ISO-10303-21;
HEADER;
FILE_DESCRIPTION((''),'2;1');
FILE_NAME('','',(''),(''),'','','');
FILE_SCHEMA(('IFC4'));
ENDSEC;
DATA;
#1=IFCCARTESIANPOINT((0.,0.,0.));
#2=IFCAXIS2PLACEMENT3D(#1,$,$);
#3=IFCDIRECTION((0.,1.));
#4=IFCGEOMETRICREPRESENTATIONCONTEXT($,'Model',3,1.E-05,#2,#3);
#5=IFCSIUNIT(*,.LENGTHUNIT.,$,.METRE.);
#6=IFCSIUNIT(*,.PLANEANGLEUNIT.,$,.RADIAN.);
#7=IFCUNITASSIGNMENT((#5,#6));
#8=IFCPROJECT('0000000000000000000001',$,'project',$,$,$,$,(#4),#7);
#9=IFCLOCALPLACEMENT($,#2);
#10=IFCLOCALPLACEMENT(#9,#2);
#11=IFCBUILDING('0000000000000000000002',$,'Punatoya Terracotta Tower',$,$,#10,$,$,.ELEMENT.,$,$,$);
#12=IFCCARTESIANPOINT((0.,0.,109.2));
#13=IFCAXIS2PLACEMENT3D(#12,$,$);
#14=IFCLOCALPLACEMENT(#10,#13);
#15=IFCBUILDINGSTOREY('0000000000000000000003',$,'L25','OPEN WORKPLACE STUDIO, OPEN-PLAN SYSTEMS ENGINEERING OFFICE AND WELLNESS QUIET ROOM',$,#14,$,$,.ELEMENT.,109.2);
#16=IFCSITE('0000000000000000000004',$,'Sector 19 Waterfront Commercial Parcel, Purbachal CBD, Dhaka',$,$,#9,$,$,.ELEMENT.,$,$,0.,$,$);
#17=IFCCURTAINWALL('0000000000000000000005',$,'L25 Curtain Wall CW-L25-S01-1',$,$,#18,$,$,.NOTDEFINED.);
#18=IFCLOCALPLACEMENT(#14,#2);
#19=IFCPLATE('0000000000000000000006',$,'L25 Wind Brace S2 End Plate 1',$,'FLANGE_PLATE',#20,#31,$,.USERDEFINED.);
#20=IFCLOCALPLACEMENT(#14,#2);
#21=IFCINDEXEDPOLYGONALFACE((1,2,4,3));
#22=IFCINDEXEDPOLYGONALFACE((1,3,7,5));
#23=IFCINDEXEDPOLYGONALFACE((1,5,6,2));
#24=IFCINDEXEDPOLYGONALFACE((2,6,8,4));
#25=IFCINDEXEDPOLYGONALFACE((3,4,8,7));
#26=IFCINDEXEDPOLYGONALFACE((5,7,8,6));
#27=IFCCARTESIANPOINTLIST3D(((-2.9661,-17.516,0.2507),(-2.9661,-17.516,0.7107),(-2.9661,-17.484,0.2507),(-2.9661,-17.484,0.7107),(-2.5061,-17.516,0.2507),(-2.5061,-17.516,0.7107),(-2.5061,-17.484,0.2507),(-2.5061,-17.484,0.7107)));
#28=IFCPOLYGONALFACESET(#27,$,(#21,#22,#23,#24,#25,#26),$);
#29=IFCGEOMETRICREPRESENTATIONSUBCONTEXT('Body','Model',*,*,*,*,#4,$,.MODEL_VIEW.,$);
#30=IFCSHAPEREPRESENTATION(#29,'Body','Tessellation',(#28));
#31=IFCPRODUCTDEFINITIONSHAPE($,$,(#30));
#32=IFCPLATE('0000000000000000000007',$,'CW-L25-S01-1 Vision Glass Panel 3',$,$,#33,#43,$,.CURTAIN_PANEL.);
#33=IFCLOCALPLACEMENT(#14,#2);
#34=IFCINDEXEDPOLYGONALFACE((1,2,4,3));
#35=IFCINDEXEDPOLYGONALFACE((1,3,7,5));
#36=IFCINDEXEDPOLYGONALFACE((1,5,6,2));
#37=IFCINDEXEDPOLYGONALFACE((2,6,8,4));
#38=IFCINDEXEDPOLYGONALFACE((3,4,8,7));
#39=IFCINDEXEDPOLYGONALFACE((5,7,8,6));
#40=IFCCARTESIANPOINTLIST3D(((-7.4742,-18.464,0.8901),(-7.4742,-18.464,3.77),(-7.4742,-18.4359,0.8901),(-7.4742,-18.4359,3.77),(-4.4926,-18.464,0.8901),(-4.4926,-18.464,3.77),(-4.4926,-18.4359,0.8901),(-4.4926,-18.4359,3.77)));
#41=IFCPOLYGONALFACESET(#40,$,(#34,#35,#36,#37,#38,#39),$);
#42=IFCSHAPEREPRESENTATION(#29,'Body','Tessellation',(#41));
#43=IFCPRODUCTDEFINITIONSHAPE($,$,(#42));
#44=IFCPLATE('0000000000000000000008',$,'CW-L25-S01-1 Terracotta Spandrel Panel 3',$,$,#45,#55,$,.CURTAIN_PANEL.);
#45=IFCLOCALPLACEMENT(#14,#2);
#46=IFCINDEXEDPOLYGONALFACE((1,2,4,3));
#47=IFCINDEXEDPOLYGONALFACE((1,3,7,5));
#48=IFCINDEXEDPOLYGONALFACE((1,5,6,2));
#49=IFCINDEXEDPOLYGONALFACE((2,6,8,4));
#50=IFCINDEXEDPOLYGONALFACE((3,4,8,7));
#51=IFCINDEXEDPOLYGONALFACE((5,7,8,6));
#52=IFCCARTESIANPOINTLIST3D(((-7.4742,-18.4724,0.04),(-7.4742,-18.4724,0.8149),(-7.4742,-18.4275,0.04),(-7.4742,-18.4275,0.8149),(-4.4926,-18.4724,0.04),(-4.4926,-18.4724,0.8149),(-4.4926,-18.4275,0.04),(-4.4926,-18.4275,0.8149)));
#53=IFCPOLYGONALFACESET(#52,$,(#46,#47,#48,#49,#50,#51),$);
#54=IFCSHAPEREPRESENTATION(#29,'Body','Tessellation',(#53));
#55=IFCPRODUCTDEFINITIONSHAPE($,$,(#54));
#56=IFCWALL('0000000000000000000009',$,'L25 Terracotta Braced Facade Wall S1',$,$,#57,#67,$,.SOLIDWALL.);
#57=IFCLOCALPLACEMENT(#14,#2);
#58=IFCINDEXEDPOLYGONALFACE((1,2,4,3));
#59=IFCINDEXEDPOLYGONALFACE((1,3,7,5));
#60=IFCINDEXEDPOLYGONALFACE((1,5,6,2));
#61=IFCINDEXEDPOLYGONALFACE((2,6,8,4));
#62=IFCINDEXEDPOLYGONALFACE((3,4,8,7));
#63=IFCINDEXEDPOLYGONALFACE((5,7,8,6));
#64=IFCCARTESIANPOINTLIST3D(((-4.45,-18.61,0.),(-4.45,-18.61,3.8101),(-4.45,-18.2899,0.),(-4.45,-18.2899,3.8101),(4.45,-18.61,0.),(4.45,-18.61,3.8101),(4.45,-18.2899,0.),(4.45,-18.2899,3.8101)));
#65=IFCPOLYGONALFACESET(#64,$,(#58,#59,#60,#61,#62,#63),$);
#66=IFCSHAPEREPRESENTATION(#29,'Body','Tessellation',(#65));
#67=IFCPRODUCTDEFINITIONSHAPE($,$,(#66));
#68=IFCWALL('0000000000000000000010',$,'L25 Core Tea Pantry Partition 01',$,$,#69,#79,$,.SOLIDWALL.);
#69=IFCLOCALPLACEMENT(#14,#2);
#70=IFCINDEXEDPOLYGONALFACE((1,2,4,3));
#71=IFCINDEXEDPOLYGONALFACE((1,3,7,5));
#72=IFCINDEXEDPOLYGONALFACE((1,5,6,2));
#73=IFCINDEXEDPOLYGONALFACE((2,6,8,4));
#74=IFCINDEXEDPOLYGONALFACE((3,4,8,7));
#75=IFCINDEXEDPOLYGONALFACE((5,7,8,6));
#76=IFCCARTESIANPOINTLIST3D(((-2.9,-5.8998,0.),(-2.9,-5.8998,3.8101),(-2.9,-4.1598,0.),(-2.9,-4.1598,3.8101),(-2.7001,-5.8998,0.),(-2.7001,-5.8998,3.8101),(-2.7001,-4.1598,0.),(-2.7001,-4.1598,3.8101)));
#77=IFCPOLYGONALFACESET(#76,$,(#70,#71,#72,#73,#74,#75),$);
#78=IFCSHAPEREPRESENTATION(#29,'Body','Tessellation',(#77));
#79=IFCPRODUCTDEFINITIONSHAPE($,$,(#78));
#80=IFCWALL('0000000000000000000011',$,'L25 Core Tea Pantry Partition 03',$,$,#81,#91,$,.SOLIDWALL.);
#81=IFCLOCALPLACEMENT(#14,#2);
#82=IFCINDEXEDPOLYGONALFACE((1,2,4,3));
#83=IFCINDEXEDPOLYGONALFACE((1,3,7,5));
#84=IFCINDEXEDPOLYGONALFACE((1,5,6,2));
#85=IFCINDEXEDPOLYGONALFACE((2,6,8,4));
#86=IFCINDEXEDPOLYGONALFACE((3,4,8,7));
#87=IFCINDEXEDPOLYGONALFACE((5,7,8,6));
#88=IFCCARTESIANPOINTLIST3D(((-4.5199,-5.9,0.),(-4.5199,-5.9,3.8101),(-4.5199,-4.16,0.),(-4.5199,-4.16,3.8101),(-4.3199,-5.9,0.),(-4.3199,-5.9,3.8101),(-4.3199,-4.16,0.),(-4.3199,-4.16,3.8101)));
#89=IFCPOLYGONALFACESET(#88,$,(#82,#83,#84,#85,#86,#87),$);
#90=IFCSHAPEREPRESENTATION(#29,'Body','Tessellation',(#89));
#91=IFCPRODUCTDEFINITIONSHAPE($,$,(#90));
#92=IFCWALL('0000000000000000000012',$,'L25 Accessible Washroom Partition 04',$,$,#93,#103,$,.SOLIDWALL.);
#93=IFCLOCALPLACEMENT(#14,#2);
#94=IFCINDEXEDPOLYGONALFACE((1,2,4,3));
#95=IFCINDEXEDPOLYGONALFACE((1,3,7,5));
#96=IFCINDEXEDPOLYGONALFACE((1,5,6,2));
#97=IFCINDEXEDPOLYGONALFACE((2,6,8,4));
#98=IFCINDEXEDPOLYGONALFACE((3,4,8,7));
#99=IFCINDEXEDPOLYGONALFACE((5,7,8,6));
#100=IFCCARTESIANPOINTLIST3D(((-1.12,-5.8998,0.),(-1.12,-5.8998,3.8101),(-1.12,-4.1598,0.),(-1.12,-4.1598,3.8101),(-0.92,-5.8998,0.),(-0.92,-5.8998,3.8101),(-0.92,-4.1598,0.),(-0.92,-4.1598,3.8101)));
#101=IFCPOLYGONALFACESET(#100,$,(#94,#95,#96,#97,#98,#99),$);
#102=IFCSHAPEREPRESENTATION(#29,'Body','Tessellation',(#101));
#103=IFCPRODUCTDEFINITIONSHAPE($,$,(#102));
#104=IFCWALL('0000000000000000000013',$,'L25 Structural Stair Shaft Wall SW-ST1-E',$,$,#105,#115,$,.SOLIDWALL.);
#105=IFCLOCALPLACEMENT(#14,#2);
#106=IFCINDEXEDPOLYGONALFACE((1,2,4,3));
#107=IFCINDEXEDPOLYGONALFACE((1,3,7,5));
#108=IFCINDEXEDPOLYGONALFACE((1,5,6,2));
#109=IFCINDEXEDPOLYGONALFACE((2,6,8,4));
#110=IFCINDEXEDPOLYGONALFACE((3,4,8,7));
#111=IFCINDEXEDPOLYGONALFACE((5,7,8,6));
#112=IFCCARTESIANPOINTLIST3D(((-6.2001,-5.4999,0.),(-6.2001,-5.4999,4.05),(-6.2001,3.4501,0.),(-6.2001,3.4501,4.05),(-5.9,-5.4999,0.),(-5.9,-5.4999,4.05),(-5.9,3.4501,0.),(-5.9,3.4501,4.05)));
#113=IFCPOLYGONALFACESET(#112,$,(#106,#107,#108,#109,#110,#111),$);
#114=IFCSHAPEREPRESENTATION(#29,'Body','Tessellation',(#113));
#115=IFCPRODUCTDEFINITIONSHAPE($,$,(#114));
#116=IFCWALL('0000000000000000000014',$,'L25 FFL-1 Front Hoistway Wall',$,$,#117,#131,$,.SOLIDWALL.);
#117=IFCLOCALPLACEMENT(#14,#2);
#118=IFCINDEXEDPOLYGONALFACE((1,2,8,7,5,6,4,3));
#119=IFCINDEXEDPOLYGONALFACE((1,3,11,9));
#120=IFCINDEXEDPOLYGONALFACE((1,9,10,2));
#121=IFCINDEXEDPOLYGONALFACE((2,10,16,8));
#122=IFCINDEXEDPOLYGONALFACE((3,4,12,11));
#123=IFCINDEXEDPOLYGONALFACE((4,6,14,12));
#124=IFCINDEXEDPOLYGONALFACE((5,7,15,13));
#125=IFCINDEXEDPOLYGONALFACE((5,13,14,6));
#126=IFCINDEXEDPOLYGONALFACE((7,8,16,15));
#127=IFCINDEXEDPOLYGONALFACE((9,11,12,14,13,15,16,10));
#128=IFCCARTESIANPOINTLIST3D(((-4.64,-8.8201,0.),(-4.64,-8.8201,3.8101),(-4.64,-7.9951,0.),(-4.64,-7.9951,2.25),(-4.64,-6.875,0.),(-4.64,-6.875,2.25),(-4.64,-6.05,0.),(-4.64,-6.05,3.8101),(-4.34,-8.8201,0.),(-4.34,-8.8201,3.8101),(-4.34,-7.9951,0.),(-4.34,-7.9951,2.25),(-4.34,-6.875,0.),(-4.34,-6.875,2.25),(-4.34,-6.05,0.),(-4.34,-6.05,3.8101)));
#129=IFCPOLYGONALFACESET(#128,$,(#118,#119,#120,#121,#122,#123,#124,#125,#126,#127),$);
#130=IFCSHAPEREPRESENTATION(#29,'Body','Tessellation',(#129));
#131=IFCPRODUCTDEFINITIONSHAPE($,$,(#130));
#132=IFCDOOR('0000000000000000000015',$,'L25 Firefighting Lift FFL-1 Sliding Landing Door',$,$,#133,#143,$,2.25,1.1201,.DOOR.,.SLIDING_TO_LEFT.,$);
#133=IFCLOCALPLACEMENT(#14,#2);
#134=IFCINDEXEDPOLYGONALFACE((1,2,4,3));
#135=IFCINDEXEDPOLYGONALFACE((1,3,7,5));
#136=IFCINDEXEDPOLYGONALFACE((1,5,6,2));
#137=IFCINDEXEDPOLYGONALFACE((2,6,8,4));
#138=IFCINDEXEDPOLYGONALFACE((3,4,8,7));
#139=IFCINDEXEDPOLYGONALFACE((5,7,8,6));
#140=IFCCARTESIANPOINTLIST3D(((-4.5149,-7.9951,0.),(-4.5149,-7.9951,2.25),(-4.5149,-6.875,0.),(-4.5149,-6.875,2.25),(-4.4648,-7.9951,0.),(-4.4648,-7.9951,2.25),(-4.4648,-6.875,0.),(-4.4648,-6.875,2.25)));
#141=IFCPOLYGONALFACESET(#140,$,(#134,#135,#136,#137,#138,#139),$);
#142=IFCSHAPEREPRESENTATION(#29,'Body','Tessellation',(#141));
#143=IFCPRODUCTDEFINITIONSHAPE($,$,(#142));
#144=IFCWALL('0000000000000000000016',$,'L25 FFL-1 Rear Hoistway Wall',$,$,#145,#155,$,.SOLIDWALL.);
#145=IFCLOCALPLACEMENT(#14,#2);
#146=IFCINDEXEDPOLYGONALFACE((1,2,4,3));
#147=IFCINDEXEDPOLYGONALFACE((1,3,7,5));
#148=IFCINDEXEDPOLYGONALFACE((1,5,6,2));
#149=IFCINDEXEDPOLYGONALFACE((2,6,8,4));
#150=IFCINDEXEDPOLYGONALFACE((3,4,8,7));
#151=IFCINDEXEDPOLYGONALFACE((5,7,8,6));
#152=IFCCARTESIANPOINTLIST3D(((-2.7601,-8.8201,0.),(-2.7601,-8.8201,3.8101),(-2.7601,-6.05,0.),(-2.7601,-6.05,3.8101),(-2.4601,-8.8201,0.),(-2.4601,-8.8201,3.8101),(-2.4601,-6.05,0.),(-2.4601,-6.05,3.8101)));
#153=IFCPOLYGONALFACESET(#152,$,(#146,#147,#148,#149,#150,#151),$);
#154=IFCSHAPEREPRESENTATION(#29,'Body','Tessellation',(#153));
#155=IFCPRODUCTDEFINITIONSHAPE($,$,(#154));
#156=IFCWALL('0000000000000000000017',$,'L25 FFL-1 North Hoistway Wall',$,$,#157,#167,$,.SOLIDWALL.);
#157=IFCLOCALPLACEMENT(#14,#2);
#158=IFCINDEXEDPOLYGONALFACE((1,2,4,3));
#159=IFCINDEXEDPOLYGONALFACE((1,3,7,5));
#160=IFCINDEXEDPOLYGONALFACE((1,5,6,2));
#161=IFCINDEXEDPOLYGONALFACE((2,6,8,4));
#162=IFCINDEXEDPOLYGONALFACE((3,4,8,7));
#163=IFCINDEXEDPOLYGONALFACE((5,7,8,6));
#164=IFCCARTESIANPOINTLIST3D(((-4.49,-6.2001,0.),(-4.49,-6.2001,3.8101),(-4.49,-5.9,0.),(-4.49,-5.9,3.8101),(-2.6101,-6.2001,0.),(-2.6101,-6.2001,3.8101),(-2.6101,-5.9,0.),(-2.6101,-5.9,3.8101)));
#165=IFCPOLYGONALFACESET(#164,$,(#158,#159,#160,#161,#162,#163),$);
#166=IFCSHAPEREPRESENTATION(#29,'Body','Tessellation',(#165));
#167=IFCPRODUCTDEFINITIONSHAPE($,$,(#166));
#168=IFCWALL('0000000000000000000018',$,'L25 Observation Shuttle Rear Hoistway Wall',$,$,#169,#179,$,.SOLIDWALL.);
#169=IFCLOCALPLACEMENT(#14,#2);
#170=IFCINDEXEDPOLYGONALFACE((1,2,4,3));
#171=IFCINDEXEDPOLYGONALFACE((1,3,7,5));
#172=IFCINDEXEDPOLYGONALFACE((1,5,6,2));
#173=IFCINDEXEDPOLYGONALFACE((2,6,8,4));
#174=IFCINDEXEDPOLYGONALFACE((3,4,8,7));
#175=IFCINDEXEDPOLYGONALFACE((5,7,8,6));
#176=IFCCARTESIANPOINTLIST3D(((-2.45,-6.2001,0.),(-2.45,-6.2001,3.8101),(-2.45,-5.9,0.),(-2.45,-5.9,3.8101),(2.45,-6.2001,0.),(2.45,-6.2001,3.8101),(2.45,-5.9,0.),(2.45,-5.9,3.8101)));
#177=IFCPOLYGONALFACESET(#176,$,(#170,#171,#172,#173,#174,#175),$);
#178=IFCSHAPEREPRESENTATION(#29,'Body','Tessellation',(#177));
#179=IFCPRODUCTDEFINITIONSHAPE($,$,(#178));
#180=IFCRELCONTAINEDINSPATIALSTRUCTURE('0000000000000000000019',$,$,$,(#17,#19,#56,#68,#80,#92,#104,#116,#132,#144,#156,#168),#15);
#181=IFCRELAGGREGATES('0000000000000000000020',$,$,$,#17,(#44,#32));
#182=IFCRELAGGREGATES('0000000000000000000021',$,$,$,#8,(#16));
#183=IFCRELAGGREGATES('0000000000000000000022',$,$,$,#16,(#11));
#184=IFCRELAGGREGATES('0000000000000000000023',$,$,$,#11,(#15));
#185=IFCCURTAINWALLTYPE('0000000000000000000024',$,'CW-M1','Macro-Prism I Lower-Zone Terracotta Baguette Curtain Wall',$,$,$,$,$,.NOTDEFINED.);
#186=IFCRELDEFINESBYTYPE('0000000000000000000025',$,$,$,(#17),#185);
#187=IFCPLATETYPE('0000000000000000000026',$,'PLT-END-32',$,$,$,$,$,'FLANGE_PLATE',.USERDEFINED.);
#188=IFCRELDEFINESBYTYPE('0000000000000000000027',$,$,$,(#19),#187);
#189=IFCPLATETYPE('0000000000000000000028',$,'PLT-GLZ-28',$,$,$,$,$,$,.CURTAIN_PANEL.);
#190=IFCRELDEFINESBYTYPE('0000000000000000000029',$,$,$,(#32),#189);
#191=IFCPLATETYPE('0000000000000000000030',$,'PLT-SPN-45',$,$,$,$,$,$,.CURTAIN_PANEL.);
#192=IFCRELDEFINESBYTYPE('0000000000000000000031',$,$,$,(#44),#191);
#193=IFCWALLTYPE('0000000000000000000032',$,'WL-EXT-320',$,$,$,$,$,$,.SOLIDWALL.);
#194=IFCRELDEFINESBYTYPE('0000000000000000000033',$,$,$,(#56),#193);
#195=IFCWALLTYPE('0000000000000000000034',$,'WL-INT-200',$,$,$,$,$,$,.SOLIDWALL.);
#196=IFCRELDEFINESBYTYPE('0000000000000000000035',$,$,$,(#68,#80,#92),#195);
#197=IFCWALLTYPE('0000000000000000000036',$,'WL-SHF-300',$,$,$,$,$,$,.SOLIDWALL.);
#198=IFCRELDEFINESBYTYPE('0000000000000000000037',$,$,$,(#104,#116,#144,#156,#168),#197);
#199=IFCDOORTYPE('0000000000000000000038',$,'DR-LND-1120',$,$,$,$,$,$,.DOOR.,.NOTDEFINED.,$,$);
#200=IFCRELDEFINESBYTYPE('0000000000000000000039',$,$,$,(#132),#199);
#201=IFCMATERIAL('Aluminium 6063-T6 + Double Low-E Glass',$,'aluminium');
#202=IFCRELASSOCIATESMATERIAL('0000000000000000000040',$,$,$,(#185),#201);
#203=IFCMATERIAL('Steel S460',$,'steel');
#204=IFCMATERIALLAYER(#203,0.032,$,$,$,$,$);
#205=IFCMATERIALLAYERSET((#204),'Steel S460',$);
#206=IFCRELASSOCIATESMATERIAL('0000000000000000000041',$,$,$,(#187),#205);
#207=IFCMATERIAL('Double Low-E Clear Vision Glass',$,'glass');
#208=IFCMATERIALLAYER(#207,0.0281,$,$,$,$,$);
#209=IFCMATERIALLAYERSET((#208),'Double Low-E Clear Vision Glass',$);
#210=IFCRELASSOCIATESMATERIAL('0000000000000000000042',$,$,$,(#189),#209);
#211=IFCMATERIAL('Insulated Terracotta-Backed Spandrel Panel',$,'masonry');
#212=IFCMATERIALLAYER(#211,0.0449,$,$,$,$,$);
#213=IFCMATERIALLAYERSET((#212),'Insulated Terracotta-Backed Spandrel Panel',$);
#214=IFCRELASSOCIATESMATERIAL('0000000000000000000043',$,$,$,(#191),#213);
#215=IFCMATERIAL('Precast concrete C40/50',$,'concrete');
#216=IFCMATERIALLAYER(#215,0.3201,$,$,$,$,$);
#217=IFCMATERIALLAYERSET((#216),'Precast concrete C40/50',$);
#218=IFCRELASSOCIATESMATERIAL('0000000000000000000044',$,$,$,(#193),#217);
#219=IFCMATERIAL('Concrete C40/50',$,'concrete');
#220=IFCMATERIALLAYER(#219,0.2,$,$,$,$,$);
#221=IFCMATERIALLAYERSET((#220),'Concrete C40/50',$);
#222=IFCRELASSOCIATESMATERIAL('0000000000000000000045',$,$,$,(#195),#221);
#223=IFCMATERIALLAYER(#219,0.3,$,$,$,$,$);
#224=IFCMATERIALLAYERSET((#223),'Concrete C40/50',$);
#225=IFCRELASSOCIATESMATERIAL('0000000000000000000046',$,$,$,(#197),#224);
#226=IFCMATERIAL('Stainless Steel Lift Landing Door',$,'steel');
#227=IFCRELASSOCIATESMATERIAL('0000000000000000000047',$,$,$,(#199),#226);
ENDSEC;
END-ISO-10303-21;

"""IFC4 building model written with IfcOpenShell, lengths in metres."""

from ifc_helpers import new_model, si_unit, direction, frame, frame_2d, origin, origin_2d, place, context, subcontext, project, spatial, rectangle, extrude, material, layer, layer_set, type_object, element, fill, aggregate, save


model = new_model("IFC4")

# Units and contexts
model_context = context("Model", 3, precision=1e-05, world=origin(), true_north=direction((0.0, 1.0)))
body_context = subcontext(model_context, "Body", "Model", "MODEL_VIEW")
ifc_project = project(units=[si_unit("LENGTHUNIT", "METRE"), si_unit("PLANEANGLEUNIT", "RADIAN")], contexts=[model_context])

# Site, building, storey
site_placement = place(None, origin())
site = spatial("IfcSite", under=ifc_project, at=site_placement, Name="Sector 19 Waterfront Commercial Parcel, Purbachal CBD, Dhaka", CompositionType="ELEMENT", RefElevation=0.0)
building_placement = place(site_placement, origin())
building = spatial("IfcBuilding", under=site, at=building_placement, Name="Punatoya Terracotta Tower", CompositionType="ELEMENT")
storey_placement = place(building_placement, frame((0.0, 0.0, 109.2)))
storey = spatial("IfcBuildingStorey", under=building, at=storey_placement, Name="L25", Description="OPEN WORKPLACE STUDIO, OPEN-PLAN SYSTEMS ENGINEERING OFFICE AND WELLNESS QUIET ROOM", CompositionType="ELEMENT", Elevation=109.2)

# Shared definitions
ifc_material_1 = material(Name="Steel S460", Category="steel")

# Curtain wall
ifc_material_2 = material(Name="Aluminium 6063-T6 + Double Low-E Glass", Category="aluminium")
curtain_wall_type = type_object("IfcCurtainWallType", Name="CW-M1", Description="Macro-Prism I Lower-Zone Terracotta Baguette Curtain Wall", PredefinedType="NOTDEFINED", material=ifc_material_2)
curtain_wall_placement = place(storey_placement, origin())
curtain_wall = element("IfcCurtainWall", 1, at=curtain_wall_placement, inside=storey, type_object=curtain_wall_type, Name="L25 Curtain Wall CW-L25-S01-1", PredefinedType="NOTDEFINED")

# Plates
ifc_layer_1 = layer(ifc_material_1, 0.032)
ifc_layer_set_1 = layer_set([ifc_layer_1], Name="Steel S460")
plate_type_1 = type_object("IfcPlateType", Name="PLT-END-32", ElementType="FLANGE_PLATE", PredefinedType="USERDEFINED", material=ifc_layer_set_1)
plate_1_placement = place(storey_placement, frame((-2.7361, -17.5, 0.2507), z_axis=(0.0, 0.0, 1.0), x_axis=(1.0, 0.0, 0.0)))
element("IfcPlate", 2, at=plate_1_placement, inside=storey, type_object=plate_type_1, Name="L25 Wind Brace S2 End Plate 1", ObjectType="FLANGE_PLATE", PredefinedType="USERDEFINED", context=body_context, shape_type="SweptSolid", body=[
    extrude(rectangle(XDim=0.46, YDim=0.032, at=origin_2d()), origin(), (0.0, 0.0, 1.0), 0.46),
])
ifc_material_3 = material(Name="Double Low-E Clear Vision Glass", Category="glass")
ifc_layer_2 = layer(ifc_material_3, 0.0281)
ifc_layer_set_2 = layer_set([ifc_layer_2], Name="Double Low-E Clear Vision Glass")
plate_type_2 = type_object("IfcPlateType", Name="PLT-GLZ-28", PredefinedType="CURTAIN_PANEL", material=ifc_layer_set_2)
plate_2_placement = place(storey_placement, frame((-5.9834, -18.45, 0.8901), z_axis=(0.0, 0.0, 1.0), x_axis=(1.0, 0.0, 0.0)))
plate_2 = element("IfcPlate", 3, at=plate_2_placement, type_object=plate_type_2, Name="CW-L25-S01-1 Vision Glass Panel 3", PredefinedType="CURTAIN_PANEL", context=body_context, shape_type="SweptSolid", body=[
    extrude(rectangle(XDim=2.9817, YDim=0.0281, at=origin_2d()), origin(), (0.0, 0.0, 1.0), 2.8799),
])
ifc_material_4 = material(Name="Insulated Terracotta-Backed Spandrel Panel", Category="masonry")
ifc_layer_3 = layer(ifc_material_4, 0.0449)
ifc_layer_set_3 = layer_set([ifc_layer_3], Name="Insulated Terracotta-Backed Spandrel Panel")
plate_type_3 = type_object("IfcPlateType", Name="PLT-SPN-45", PredefinedType="CURTAIN_PANEL", material=ifc_layer_set_3)
plate_3_placement = place(storey_placement, frame((-5.9834, -18.45, 0.04), z_axis=(0.0, 0.0, 1.0), x_axis=(1.0, 0.0, 0.0)))
plate_3 = element("IfcPlate", 4, at=plate_3_placement, type_object=plate_type_3, Name="CW-L25-S01-1 Terracotta Spandrel Panel 3", PredefinedType="CURTAIN_PANEL", context=body_context, shape_type="SweptSolid", body=[
    extrude(rectangle(XDim=2.9817, YDim=0.0449, at=origin_2d()), origin(), (0.0, 0.0, 1.0), 0.7749),
])
aggregate(curtain_wall, [plate_3, plate_2])

# Walls
ifc_material_5 = material(Name="Precast concrete C40/50", Category="concrete")
ifc_layer_4 = layer(ifc_material_5, 0.3201)
ifc_layer_set_4 = layer_set([ifc_layer_4], Name="Precast concrete C40/50")
wall_type_1 = type_object("IfcWallType", Name="WL-EXT-320", PredefinedType="SOLIDWALL", material=ifc_layer_set_4)
wall_1_placement = place(storey_placement, frame((-4.45, -18.45, 0.0), z_axis=(0.0, 0.0, 1.0), x_axis=(1.0, 0.0, 0.0)))
element("IfcWall", 5, at=wall_1_placement, inside=storey, type_object=wall_type_1, Name="L25 Terracotta Braced Facade Wall S1", PredefinedType="SOLIDWALL", context=body_context, shape_type="SweptSolid", body=[
    extrude(rectangle(XDim=8.8999, YDim=0.3201, at=frame_2d((4.45, 0.0))), origin(), (0.0, 0.0, 1.0), 3.8101),
])
ifc_material_6 = material(Name="Concrete C40/50", Category="concrete")
ifc_layer_5 = layer(ifc_material_6, 0.2)
ifc_layer_set_5 = layer_set([ifc_layer_5], Name="Concrete C40/50")
wall_type_2 = type_object("IfcWallType", Name="WL-INT-200", PredefinedType="SOLIDWALL", material=ifc_layer_set_5)
for number, where, z_axis, x_axis, name in (
    (6, (-2.8, -5.8999, 0.0), (0.0, 0.0, 1.0), (0.0, 1.0, 0.0), "L25 Core Tea Pantry Partition 01"),
    (7, (-4.4199, -4.1599, 0.0), (0.0, 0.0, 1.0), (0.0, -1.0, 0.0), "L25 Core Tea Pantry Partition 03"),
    (8, (-1.02, -5.8999, 0.0), (0.0, 0.0, 1.0), (0.0, 1.0, 0.0), "L25 Accessible Washroom Partition 04"),
):
    element("IfcWall", number, at=place(storey_placement, frame(where, z_axis=z_axis, x_axis=x_axis)), inside=storey, type_object=wall_type_2, Name=name, PredefinedType="SOLIDWALL", context=body_context, shape_type="SweptSolid", body=[
        extrude(rectangle(XDim=1.74, YDim=0.2, at=frame_2d((0.8701, 0.0))), origin(), (0.0, 0.0, 1.0), 3.8101),
    ])
ifc_layer_6 = layer(ifc_material_6, 0.3)
ifc_layer_set_6 = layer_set([ifc_layer_6], Name="Concrete C40/50")
wall_type_3 = type_object("IfcWallType", Name="WL-SHF-300", PredefinedType="SOLIDWALL", material=ifc_layer_set_6)
wall_2_placement = place(storey_placement, frame((-6.05, -5.5, 0.0), z_axis=(0.0, 0.0, 1.0), x_axis=(0.0, 1.0, 0.0)))
element("IfcWall", 9, at=wall_2_placement, inside=storey, type_object=wall_type_3, Name="L25 Structural Stair Shaft Wall SW-ST1-E", PredefinedType="SOLIDWALL", context=body_context, shape_type="SweptSolid", body=[
    extrude(rectangle(XDim=8.95, YDim=0.3, at=frame_2d((4.4751, 0.0))), origin(), (0.0, 0.0, 1.0), 4.05),
])

# Wall, opening, door
wall_3_placement = place(storey_placement, frame((-4.49, -8.8201, 0.0), z_axis=(0.0, 0.0, 1.0), x_axis=(0.0, 1.0, 0.0)))
wall_3 = element("IfcWall", 10, at=wall_3_placement, inside=storey, type_object=wall_type_3, Name="L25 FFL-1 Front Hoistway Wall", PredefinedType="SOLIDWALL", context=body_context, shape_type="SweptSolid", body=[
    extrude(rectangle(XDim=2.77, YDim=0.3, at=frame_2d((1.385, 0.0))), origin(), (0.0, 0.0, 1.0), 3.8101),
])
opening_placement = place(wall_3_placement, frame((0.825, 0.0, 0.0)))
opening = element("IfcOpeningElement", 11, at=opening_placement, cuts=wall_3, PredefinedType="OPENING", context=body_context, shape_type="SweptSolid", body=[
    extrude(rectangle(XDim=1.1201, YDim=2.25, at=frame_2d((0.5601, 1.125))), frame((0.0, 0.1599, 0.0), z_axis=(0.0, -1.0, 0.0), x_axis=(1.0, 0.0, 0.0)), (0.0, 0.0, 1.0), 0.3201),
])
ifc_material_7 = material(Name="Stainless Steel Lift Landing Door", Category="steel")
door_type = type_object("IfcDoorType", Name="DR-LND-1120", OperationType="NOTDEFINED", PredefinedType="DOOR", material=ifc_material_7)
door_placement = place(opening_placement, origin())
door = element("IfcDoor", 12, at=door_placement, inside=storey, type_object=door_type, Name="L25 Firefighting Lift FFL-1 Sliding Landing Door", OperationType="SLIDING_TO_LEFT", OverallHeight=2.25, OverallWidth=1.1201, PredefinedType="DOOR", context=body_context, shape_type="SweptSolid", body=[
    extrude(rectangle(XDim=1.1201, YDim=2.25, at=frame_2d((0.5601, 1.125))), frame((0.0, 0.0249, 0.0), z_axis=(0.0, -1.0, 0.0), x_axis=(1.0, 0.0, 0.0)), (0.0, 0.0, 1.0), 0.05),
])
fill(opening, door)

# Walls
wall_4_placement = place(storey_placement, frame((-2.6101, -8.8201, 0.0), z_axis=(0.0, 0.0, 1.0), x_axis=(0.0, 1.0, 0.0)))
element("IfcWall", 13, at=wall_4_placement, inside=storey, type_object=wall_type_3, Name="L25 FFL-1 Rear Hoistway Wall", PredefinedType="SOLIDWALL", context=body_context, shape_type="SweptSolid", body=[
    extrude(rectangle(XDim=2.77, YDim=0.3, at=frame_2d((1.385, 0.0))), origin(), (0.0, 0.0, 1.0), 3.8101),
])
wall_5_placement = place(storey_placement, frame((-4.49, -6.05, 0.0), z_axis=(0.0, 0.0, 1.0), x_axis=(1.0, 0.0, 0.0)))
element("IfcWall", 14, at=wall_5_placement, inside=storey, type_object=wall_type_3, Name="L25 FFL-1 North Hoistway Wall", PredefinedType="SOLIDWALL", context=body_context, shape_type="SweptSolid", body=[
    extrude(rectangle(XDim=1.8799, YDim=0.3, at=frame_2d((0.9399, 0.0))), origin(), (0.0, 0.0, 1.0), 3.8101),
])
wall_6_placement = place(storey_placement, frame((-2.45, -6.05, 0.0), z_axis=(0.0, 0.0, 1.0), x_axis=(1.0, 0.0, 0.0)))
element("IfcWall", 15, at=wall_6_placement, inside=storey, type_object=wall_type_3, Name="L25 Observation Shuttle Rear Hoistway Wall", PredefinedType="SOLIDWALL", context=body_context, shape_type="SweptSolid", body=[
    extrude(rectangle(XDim=4.8999, YDim=0.3, at=frame_2d((2.45, 0.0))), origin(), (0.0, 0.0, 1.0), 3.8101),
])

save(model, "model.ifc")
